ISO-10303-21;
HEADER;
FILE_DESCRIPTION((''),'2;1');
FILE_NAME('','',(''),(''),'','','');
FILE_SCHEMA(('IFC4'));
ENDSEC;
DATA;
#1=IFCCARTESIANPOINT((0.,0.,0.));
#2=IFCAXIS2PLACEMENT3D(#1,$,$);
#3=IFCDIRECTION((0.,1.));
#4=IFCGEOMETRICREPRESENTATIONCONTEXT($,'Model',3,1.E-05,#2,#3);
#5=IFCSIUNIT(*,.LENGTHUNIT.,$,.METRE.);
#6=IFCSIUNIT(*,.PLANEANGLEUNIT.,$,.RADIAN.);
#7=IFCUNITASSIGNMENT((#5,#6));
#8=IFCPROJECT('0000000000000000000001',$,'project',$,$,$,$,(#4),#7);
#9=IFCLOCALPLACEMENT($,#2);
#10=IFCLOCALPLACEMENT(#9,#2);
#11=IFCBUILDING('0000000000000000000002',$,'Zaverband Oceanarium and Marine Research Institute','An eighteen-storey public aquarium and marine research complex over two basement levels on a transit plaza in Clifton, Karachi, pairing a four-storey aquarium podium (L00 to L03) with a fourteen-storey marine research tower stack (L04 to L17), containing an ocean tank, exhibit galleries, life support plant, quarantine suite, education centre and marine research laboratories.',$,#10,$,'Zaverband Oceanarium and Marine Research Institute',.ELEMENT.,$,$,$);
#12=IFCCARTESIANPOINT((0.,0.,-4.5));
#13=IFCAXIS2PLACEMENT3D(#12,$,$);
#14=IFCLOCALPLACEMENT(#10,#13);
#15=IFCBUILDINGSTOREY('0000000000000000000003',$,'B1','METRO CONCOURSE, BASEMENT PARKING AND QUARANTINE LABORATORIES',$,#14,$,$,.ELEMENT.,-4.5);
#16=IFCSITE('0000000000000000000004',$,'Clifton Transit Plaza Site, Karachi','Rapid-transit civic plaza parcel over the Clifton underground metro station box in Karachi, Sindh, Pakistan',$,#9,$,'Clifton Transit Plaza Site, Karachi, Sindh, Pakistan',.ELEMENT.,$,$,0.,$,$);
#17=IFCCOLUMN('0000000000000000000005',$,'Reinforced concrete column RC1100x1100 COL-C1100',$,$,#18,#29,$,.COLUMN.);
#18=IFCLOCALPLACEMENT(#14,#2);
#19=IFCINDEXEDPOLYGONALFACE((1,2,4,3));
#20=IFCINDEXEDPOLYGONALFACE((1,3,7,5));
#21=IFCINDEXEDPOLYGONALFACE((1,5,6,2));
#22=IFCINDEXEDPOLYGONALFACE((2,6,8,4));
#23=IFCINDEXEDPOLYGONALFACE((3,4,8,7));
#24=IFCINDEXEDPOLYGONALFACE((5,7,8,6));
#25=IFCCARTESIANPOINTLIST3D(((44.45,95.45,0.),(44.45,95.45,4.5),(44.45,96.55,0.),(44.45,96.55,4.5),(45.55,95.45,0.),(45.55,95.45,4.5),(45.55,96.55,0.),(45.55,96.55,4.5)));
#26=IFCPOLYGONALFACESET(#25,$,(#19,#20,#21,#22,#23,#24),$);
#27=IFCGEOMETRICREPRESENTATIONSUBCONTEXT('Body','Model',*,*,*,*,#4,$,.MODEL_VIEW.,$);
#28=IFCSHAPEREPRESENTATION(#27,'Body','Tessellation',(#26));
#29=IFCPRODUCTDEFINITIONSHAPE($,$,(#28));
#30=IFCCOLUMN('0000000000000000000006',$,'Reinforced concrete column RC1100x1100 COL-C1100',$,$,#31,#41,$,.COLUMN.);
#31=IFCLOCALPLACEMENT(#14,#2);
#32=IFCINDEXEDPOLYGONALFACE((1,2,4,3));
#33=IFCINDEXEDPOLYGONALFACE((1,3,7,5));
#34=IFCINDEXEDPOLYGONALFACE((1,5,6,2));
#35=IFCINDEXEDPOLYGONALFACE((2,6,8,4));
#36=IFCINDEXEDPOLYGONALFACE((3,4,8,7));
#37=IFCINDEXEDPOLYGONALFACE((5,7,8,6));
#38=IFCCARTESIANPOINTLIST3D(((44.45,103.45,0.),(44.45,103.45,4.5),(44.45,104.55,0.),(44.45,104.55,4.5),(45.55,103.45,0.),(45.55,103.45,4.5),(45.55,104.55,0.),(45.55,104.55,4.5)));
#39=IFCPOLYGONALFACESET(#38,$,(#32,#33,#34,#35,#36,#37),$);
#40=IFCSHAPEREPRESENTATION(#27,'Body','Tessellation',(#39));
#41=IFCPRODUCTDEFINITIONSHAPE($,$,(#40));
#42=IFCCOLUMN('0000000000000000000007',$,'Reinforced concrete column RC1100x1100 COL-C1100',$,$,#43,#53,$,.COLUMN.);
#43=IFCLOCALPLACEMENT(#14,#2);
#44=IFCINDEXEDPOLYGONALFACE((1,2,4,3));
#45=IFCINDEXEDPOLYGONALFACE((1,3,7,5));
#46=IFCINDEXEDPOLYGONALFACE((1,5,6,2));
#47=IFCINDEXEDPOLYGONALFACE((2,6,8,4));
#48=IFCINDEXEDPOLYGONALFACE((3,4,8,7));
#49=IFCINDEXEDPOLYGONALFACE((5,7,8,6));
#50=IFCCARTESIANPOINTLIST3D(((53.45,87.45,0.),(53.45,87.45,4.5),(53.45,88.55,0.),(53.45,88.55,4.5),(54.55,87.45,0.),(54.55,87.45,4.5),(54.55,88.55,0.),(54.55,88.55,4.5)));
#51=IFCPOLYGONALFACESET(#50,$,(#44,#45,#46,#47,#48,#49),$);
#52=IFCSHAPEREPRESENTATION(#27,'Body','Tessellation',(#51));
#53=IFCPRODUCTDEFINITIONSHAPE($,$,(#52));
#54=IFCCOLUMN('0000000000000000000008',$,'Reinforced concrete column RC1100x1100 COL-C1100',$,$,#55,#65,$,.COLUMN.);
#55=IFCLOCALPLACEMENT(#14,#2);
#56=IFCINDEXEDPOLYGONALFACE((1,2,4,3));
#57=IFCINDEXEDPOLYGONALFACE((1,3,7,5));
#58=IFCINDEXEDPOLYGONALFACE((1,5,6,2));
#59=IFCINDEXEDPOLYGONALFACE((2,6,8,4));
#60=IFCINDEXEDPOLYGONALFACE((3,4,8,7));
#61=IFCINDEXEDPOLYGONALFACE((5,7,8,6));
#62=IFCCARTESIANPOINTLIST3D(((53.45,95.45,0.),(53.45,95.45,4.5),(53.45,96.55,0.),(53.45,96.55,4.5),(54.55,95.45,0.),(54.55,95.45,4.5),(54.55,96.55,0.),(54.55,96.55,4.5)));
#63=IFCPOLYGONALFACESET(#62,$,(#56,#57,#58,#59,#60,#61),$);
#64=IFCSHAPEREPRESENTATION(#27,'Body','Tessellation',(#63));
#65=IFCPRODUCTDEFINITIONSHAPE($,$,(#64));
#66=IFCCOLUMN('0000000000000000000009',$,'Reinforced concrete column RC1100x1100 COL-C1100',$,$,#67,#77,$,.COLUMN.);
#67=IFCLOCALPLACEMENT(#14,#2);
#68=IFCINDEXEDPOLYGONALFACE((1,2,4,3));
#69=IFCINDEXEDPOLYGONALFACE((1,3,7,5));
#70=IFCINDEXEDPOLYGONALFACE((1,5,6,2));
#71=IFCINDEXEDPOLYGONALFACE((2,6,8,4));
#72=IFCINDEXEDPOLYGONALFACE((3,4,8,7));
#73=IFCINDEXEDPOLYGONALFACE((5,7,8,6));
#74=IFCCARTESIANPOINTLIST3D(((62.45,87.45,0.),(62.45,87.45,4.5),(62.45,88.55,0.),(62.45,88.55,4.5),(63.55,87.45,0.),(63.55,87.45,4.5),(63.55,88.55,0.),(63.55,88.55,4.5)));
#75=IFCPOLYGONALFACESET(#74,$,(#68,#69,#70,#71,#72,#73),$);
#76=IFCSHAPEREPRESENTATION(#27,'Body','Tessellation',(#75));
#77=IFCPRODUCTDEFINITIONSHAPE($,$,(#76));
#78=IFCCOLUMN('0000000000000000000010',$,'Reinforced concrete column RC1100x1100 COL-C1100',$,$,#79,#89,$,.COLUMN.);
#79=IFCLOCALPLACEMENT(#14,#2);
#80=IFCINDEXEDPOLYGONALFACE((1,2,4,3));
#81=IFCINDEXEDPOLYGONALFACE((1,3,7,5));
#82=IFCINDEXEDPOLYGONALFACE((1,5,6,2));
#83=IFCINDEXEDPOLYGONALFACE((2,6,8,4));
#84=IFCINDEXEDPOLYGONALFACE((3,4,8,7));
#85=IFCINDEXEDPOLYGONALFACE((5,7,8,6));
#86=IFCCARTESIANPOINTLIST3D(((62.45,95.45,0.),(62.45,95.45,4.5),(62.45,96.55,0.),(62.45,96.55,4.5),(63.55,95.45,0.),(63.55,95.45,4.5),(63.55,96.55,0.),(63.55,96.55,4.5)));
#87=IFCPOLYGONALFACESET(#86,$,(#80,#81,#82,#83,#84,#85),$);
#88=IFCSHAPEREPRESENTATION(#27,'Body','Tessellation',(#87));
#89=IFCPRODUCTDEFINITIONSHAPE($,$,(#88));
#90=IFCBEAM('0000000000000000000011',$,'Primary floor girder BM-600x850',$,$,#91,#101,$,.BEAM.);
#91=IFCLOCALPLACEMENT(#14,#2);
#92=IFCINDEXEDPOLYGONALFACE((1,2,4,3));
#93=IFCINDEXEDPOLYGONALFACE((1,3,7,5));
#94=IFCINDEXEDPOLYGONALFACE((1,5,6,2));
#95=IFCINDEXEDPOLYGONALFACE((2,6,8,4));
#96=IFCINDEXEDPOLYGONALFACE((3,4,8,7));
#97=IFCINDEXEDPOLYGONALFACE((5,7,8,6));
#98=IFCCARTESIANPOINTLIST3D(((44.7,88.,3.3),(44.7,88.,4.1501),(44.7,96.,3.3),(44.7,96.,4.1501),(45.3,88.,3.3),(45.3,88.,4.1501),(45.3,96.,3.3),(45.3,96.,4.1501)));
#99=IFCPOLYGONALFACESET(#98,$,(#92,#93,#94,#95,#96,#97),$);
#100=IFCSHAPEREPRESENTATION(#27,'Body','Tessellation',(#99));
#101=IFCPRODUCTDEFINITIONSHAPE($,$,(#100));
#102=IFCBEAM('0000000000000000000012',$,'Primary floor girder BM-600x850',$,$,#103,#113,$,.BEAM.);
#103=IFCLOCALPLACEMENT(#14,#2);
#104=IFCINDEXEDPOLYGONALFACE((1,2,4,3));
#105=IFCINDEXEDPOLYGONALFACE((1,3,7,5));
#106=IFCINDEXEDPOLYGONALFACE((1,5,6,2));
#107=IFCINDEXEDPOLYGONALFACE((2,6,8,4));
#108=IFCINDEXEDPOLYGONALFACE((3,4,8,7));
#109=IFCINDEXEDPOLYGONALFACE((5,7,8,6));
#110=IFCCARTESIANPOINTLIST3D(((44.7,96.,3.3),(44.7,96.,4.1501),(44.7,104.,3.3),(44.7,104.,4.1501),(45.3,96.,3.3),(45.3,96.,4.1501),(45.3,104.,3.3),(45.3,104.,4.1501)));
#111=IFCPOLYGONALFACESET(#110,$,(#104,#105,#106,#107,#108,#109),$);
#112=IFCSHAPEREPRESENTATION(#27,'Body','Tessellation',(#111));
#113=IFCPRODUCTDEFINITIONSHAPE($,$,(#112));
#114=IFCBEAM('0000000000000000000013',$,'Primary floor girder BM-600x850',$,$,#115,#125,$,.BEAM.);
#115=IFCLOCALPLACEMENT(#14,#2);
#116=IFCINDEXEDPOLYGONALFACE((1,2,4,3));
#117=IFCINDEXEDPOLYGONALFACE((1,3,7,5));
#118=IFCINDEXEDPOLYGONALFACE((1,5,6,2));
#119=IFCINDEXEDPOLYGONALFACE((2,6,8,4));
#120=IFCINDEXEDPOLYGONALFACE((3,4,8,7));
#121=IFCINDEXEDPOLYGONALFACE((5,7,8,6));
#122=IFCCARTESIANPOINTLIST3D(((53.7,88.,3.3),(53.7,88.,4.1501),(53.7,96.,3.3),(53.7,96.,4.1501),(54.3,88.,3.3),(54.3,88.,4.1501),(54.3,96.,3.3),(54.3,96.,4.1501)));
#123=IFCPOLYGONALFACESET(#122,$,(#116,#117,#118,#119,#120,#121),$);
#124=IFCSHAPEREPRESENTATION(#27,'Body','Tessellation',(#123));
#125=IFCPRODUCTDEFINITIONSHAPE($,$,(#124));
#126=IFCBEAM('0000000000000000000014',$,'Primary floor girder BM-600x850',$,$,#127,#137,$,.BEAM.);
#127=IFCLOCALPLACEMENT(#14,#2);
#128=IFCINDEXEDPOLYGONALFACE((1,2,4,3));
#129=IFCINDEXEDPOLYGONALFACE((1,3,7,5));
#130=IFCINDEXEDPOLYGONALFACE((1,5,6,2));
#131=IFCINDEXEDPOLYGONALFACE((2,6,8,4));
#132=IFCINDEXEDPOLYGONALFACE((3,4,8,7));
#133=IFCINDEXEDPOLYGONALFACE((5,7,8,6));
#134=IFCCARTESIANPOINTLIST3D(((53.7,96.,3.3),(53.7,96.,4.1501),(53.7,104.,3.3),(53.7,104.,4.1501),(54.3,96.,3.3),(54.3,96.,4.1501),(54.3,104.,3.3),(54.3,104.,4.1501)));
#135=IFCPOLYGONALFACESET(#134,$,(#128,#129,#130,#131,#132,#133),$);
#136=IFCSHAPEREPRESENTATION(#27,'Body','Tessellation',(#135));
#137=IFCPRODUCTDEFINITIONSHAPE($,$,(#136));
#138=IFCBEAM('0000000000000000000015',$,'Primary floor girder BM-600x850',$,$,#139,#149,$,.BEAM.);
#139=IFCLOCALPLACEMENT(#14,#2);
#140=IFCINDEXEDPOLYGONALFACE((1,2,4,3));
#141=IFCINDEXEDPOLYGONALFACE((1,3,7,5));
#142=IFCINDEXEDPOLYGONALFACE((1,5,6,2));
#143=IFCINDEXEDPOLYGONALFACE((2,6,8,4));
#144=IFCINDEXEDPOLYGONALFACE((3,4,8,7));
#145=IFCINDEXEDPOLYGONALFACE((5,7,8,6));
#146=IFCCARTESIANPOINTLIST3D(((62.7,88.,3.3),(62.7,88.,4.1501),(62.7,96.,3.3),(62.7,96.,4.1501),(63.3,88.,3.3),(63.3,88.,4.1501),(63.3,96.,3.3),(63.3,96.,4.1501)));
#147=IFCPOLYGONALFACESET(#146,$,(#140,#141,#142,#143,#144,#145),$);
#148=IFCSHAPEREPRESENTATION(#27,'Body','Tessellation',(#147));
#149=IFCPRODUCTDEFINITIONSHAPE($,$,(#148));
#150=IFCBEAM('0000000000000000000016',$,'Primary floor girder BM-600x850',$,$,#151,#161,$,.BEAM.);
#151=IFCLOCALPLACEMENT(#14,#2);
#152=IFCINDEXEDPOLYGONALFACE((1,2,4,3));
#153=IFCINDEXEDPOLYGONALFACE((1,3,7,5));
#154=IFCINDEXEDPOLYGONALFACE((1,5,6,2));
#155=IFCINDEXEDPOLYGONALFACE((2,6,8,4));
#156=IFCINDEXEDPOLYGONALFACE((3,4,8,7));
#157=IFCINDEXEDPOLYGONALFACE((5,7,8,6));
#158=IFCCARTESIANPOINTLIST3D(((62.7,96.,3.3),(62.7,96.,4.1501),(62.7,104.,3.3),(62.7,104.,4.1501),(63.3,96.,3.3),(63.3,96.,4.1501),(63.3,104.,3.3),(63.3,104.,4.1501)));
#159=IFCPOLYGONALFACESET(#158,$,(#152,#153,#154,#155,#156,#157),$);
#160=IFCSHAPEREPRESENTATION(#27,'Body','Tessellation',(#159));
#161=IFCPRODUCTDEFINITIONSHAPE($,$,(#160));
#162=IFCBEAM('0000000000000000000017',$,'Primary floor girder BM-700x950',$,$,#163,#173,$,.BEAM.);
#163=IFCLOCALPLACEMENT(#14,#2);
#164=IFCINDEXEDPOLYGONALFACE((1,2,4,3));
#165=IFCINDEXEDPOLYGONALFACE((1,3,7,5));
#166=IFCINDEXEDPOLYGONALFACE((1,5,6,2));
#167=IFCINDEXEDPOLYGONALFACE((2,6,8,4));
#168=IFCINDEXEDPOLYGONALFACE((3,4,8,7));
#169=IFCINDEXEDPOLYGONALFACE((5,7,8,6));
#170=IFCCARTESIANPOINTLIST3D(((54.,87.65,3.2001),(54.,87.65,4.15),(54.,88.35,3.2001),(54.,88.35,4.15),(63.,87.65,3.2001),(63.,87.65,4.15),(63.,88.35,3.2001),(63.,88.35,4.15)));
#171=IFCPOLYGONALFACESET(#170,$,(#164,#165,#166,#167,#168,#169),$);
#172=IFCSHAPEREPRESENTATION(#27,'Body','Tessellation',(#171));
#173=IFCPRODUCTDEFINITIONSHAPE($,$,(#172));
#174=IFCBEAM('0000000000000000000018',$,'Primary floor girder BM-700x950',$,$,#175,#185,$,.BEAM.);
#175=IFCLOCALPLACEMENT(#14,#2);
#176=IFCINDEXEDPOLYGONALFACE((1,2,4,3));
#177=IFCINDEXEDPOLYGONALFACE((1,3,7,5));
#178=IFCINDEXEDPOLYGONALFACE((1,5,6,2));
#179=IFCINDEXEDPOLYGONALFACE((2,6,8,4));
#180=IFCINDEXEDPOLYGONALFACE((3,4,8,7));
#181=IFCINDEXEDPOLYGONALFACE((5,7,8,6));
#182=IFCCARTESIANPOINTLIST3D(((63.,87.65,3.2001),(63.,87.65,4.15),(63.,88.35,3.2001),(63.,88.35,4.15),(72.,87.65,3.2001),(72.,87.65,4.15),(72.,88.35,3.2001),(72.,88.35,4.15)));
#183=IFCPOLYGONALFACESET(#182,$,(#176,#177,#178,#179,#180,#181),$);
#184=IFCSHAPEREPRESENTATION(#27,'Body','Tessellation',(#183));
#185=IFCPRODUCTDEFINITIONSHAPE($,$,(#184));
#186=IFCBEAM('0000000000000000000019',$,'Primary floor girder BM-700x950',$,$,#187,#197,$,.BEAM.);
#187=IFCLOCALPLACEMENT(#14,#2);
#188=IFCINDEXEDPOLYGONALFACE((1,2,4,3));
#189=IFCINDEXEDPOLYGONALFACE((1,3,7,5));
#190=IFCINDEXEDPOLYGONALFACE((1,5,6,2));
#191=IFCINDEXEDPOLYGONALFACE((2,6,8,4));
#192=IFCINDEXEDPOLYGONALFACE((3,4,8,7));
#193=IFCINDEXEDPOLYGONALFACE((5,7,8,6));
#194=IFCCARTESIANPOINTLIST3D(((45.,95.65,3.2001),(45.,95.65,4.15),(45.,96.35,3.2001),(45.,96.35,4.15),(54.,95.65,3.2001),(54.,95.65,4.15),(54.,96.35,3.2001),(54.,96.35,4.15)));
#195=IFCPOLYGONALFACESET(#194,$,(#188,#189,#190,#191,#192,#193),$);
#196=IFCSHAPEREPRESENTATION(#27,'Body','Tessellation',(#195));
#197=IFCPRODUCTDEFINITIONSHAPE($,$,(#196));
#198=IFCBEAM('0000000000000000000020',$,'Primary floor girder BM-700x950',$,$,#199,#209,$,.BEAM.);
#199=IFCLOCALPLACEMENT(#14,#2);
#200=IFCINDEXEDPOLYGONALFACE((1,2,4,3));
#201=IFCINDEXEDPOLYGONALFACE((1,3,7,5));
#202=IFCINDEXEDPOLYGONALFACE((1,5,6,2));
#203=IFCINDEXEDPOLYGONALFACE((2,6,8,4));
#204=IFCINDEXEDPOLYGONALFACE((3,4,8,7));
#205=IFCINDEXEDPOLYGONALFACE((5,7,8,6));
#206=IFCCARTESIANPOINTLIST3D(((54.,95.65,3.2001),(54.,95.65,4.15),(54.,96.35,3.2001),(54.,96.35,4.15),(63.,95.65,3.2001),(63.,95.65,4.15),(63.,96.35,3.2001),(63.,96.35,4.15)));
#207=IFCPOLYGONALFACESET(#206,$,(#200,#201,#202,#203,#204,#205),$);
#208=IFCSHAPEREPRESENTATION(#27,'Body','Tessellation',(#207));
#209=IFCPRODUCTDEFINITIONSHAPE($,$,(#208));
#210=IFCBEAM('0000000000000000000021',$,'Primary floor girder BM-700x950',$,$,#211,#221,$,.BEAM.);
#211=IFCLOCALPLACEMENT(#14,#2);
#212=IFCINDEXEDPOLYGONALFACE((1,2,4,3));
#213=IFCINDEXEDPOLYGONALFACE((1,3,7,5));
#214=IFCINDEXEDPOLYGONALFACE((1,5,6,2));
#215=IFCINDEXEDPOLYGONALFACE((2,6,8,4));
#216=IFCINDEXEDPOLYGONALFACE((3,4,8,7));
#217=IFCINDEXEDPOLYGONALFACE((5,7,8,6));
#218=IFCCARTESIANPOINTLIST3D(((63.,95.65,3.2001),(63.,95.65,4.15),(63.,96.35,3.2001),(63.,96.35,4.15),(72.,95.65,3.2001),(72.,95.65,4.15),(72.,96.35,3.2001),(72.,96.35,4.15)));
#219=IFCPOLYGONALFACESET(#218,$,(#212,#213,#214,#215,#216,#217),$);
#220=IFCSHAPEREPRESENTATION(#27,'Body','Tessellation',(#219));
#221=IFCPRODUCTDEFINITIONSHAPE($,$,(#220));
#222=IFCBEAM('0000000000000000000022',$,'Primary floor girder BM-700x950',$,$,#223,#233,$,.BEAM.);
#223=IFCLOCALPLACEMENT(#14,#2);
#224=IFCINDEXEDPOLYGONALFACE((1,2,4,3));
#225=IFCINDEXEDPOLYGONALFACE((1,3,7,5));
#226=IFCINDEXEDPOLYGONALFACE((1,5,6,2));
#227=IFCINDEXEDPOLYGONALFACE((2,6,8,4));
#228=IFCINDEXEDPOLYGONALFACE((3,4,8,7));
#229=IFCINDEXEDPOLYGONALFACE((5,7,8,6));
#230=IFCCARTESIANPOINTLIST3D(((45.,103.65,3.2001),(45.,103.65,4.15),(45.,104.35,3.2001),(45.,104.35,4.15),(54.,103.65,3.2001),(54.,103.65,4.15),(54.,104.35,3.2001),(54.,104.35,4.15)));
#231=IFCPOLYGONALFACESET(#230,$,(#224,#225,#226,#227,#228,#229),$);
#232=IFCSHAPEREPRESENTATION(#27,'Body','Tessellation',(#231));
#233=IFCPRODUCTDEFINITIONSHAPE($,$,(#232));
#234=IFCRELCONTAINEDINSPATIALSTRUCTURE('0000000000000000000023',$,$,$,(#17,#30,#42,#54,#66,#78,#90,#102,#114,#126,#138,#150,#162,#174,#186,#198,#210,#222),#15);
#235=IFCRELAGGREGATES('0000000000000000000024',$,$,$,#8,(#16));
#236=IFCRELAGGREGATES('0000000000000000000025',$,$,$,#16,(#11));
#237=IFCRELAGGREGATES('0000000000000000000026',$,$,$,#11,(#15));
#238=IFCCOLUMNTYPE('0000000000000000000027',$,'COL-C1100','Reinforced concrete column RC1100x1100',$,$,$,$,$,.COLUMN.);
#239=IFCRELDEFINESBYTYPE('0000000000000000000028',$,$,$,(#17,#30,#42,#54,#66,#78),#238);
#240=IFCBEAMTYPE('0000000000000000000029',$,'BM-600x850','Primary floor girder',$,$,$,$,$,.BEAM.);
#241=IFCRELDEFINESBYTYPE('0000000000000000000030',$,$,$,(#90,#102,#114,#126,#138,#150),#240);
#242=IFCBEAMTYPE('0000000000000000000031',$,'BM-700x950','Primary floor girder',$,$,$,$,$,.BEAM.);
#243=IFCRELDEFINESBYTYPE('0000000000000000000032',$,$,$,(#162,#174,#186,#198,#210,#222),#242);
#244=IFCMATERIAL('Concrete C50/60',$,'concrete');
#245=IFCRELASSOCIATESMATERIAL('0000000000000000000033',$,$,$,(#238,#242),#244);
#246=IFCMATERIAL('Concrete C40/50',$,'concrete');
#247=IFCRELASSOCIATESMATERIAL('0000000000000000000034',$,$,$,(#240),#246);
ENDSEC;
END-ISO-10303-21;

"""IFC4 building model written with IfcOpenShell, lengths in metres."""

from ifc_helpers import new_model, si_unit, direction, frame, origin, origin_2d, place, context, subcontext, project, spatial, rectangle, extrude, material, material_profile, profile_set, type_object, element, save


model = new_model("IFC4")

# Units and contexts
model_context = context("Model", 3, precision=1e-05, world=origin(), true_north=direction((0.0, 1.0)))
body_context = subcontext(model_context, "Body", "Model", "MODEL_VIEW")
ifc_project = project(units=[si_unit("LENGTHUNIT", "METRE"), si_unit("PLANEANGLEUNIT", "RADIAN")], contexts=[model_context])

# Site, building, storey
site_placement = place(None, origin())
site = spatial("IfcSite", under=ifc_project, at=site_placement, Name="Clifton Transit Plaza Site, Karachi", Description="Rapid-transit civic plaza parcel over the Clifton underground metro station box in Karachi, Sindh, Pakistan", LongName="Clifton Transit Plaza Site, Karachi, Sindh, Pakistan", CompositionType="ELEMENT", RefElevation=0.0)
building_placement = place(site_placement, origin())
building = spatial("IfcBuilding", under=site, at=building_placement, Name="Zaverband Oceanarium and Marine Research Institute", Description="An eighteen-storey public aquarium and marine research complex over two basement levels on a transit plaza in Clifton, Karachi, pairing a four-storey aquarium podium (L00 to L03) with a fourteen-storey marine research tower stack (L04 to L17), containing an ocean tank, exhibit galleries, life support plant, quarantine suite, education centre and marine research laboratories.", LongName="Zaverband Oceanarium and Marine Research Institute", CompositionType="ELEMENT")
storey_placement = place(building_placement, frame((0.0, 0.0, -4.5)))
storey = spatial("IfcBuildingStorey", under=building, at=storey_placement, Name="B1", Description="METRO CONCOURSE, BASEMENT PARKING AND QUARANTINE LABORATORIES", CompositionType="ELEMENT", Elevation=-4.5)

# Columns
ifc_material_1 = material(Name="Concrete C50/60", Category="concrete")
ifc_material_profile_1 = material_profile(ifc_material_1, rectangle(XDim=1.1001, YDim=1.1001, at=origin_2d()), Name="RC1100x1100")
ifc_profile_set_1 = profile_set([ifc_material_profile_1], Name="Concrete C50/60")
column_type = type_object("IfcColumnType", Name="COL-C1100", Description="Reinforced concrete column RC1100x1100", PredefinedType="COLUMN", material=ifc_profile_set_1)
for number, where, z_axis, x_axis, name in (
    (1, (45.0, 96.0, 0.0), (0.0, 0.0, 1.0), (1.0, 0.0, 0.0), "Reinforced concrete column RC1100x1100 COL-C1100"),
    (2, (45.0, 104.0, 0.0), (0.0, 0.0, 1.0), (1.0, 0.0, 0.0), "Reinforced concrete column RC1100x1100 COL-C1100"),
    (3, (54.0, 88.0, 0.0), (0.0, 0.0, 1.0), (1.0, 0.0, 0.0), "Reinforced concrete column RC1100x1100 COL-C1100"),
    (4, (54.0, 96.0, 0.0), (0.0, 0.0, 1.0), (1.0, 0.0, 0.0), "Reinforced concrete column RC1100x1100 COL-C1100"),
    (5, (63.0, 88.0, 0.0), (0.0, 0.0, 1.0), (1.0, 0.0, 0.0), "Reinforced concrete column RC1100x1100 COL-C1100"),
    (6, (63.0, 96.0, 0.0), (0.0, 0.0, 1.0), (1.0, 0.0, 0.0), "Reinforced concrete column RC1100x1100 COL-C1100"),
):
    element("IfcColumn", number, at=place(storey_placement, frame(where, z_axis=z_axis, x_axis=x_axis)), inside=storey, type_object=column_type, Name=name, PredefinedType="COLUMN", context=body_context, shape_type="SweptSolid", body=[
        extrude(rectangle(XDim=1.1001, YDim=1.1001, at=origin_2d()), origin(), (0.0, 0.0, 1.0), 4.5),
    ])

# Beams
ifc_material_2 = material(Name="Concrete C40/50", Category="concrete")
ifc_material_profile_2 = material_profile(ifc_material_2, rectangle(XDim=0.6001, YDim=0.8501, at=origin_2d()), Name="RC600x850")
ifc_profile_set_2 = profile_set([ifc_material_profile_2], Name="Concrete C40/50")
beam_type_1 = type_object("IfcBeamType", Name="BM-600x850", Description="Primary floor girder", PredefinedType="BEAM", material=ifc_profile_set_2)
for number, where, z_axis, x_axis, name in (
    (7, (45.0, 88.0, 3.7251), (0.0, 1.0, 0.0), (-1.0, 0.0, 0.0), "Primary floor girder BM-600x850"),
    (8, (45.0, 96.0, 3.7251), (0.0, 1.0, 0.0), (-1.0, 0.0, 0.0), "Primary floor girder BM-600x850"),
    (9, (54.0, 88.0, 3.7251), (0.0, 1.0, 0.0), (-1.0, 0.0, 0.0), "Primary floor girder BM-600x850"),
    (10, (54.0, 96.0, 3.7251), (0.0, 1.0, 0.0), (-1.0, 0.0, 0.0), "Primary floor girder BM-600x850"),
    (11, (63.0, 88.0, 3.7251), (0.0, 1.0, 0.0), (-1.0, 0.0, 0.0), "Primary floor girder BM-600x850"),
    (12, (63.0, 96.0, 3.7251), (0.0, 1.0, 0.0), (-1.0, 0.0, 0.0), "Primary floor girder BM-600x850"),
):
    element("IfcBeam", number, at=place(storey_placement, frame(where, z_axis=z_axis, x_axis=x_axis)), inside=storey, type_object=beam_type_1, Name=name, PredefinedType="BEAM", context=body_context, shape_type="SweptSolid", body=[
        extrude(rectangle(XDim=0.6001, YDim=0.8501, at=origin_2d()), origin(), (0.0, 0.0, 1.0), 8.0),
    ])
ifc_material_profile_3 = material_profile(ifc_material_1, rectangle(XDim=0.7, YDim=0.95, at=origin_2d()), Name="RC700x950")
ifc_profile_set_3 = profile_set([ifc_material_profile_3], Name="Concrete C50/60")
beam_type_2 = type_object("IfcBeamType", Name="BM-700x950", Description="Primary floor girder", PredefinedType="BEAM", material=ifc_profile_set_3)
for number, where, z_axis, x_axis, name in (
    (13, (54.0, 88.0, 3.675), (1.0, 0.0, 0.0), (0.0, 1.0, 0.0), "Primary floor girder BM-700x950"),
    (14, (63.0, 88.0, 3.675), (1.0, 0.0, 0.0), (0.0, 1.0, 0.0), "Primary floor girder BM-700x950"),
    (15, (45.0, 96.0, 3.675), (1.0, 0.0, 0.0), (0.0, 1.0, 0.0), "Primary floor girder BM-700x950"),
    (16, (54.0, 96.0, 3.675), (1.0, 0.0, 0.0), (0.0, 1.0, 0.0), "Primary floor girder BM-700x950"),
    (17, (63.0, 96.0, 3.675), (1.0, 0.0, 0.0), (0.0, 1.0, 0.0), "Primary floor girder BM-700x950"),
    (18, (45.0, 104.0, 3.675), (1.0, 0.0, 0.0), (0.0, 1.0, 0.0), "Primary floor girder BM-700x950"),
):
    element("IfcBeam", number, at=place(storey_placement, frame(where, z_axis=z_axis, x_axis=x_axis)), inside=storey, type_object=beam_type_2, Name=name, PredefinedType="BEAM", context=body_context, shape_type="SweptSolid", body=[
        extrude(rectangle(XDim=0.7, YDim=0.95, at=origin_2d()), origin(), (0.0, 0.0, 1.0), 9.0),
    ])

save(model, "model.ifc")
